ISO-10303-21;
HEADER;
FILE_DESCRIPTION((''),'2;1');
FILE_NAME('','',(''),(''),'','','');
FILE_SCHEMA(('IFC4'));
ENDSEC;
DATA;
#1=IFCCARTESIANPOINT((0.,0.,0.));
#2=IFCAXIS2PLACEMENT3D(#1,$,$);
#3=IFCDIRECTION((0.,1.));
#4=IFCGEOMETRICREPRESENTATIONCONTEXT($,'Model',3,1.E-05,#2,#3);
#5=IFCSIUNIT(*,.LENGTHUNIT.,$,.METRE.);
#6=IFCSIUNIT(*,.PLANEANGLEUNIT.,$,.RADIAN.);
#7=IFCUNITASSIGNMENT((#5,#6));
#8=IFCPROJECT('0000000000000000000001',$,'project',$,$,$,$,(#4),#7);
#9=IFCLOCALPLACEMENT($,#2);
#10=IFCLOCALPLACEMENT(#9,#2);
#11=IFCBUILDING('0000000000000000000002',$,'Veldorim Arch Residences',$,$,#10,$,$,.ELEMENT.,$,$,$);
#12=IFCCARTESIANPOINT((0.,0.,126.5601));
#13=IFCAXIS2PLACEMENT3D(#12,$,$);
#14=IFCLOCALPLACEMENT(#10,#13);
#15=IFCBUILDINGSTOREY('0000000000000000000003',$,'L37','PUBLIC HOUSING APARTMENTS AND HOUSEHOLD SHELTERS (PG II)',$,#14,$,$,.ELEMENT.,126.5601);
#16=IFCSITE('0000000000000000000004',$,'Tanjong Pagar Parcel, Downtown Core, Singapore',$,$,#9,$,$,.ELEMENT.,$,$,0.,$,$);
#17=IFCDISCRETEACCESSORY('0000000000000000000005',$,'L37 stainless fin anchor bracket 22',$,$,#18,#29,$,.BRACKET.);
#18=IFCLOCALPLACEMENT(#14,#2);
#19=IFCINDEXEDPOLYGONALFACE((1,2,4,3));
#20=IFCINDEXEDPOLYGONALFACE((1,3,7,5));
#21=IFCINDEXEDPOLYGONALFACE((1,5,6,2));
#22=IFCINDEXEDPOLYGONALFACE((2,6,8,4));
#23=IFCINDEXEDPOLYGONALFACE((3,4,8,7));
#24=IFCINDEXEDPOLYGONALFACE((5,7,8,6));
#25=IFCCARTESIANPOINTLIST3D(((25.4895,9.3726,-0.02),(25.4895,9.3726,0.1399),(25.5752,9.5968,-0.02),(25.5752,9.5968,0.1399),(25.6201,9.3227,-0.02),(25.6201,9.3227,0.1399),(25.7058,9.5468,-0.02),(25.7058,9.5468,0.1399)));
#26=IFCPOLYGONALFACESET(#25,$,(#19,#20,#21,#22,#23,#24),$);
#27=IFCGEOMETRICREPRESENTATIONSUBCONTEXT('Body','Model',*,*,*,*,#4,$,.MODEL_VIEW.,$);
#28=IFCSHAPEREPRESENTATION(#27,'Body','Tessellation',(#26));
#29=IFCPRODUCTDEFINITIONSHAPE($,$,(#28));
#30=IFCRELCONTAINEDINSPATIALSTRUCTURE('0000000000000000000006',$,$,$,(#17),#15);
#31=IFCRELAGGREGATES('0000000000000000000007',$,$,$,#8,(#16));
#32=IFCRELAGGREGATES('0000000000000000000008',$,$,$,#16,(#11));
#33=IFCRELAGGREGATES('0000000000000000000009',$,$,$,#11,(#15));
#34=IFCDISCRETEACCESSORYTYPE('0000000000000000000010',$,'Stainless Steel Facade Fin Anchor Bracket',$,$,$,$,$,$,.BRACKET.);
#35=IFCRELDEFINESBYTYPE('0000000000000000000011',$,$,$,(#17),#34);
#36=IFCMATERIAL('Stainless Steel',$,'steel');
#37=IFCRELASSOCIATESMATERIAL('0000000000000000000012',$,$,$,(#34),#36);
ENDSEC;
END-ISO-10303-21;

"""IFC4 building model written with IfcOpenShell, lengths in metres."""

from ifc_helpers import new_model, si_unit, direction, frame, origin, origin_2d, place, context, subcontext, project, spatial, rectangle, extrude, material, type_object, element, save


model = new_model("IFC4")

# Units and contexts
model_context = context("Model", 3, precision=1e-05, world=origin(), true_north=direction((0.0, 1.0)))
body_context = subcontext(model_context, "Body", "Model", "MODEL_VIEW")
ifc_project = project(units=[si_unit("LENGTHUNIT", "METRE"), si_unit("PLANEANGLEUNIT", "RADIAN")], contexts=[model_context])

# Site, building, storey
site_placement = place(None, origin())
site = spatial("IfcSite", under=ifc_project, at=site_placement, Name="Tanjong Pagar Parcel, Downtown Core, Singapore", CompositionType="ELEMENT", RefElevation=0.0)
building_placement = place(site_placement, origin())
building = spatial("IfcBuilding", under=site, at=building_placement, Name="Veldorim Arch Residences", CompositionType="ELEMENT")
storey_placement = place(building_placement, frame((0.0, 0.0, 126.5601)))
storey = spatial("IfcBuildingStorey", under=building, at=storey_placement, Name="L37", Description="PUBLIC HOUSING APARTMENTS AND HOUSEHOLD SHELTERS (PG II)", CompositionType="ELEMENT", Elevation=126.5601)

# Discrete accessory
ifc_material_1 = material(Name="Stainless Steel", Category="steel")
discrete_accessory_type = type_object("IfcDiscreteAccessoryType", Name="Stainless Steel Facade Fin Anchor Bracket", PredefinedType="BRACKET", material=ifc_material_1)
discrete_accessory_placement = place(storey_placement, frame((25.5977, 9.4597, -0.02), z_axis=(0.0, 0.0, 1.0), x_axis=(-0.93408, 0.357064, 0.0)))
element("IfcDiscreteAccessory", 1, at=discrete_accessory_placement, inside=storey, type_object=discrete_accessory_type, Name="L37 stainless fin anchor bracket 22", PredefinedType="BRACKET", context=body_context, shape_type="SweptSolid", body=[
    extrude(rectangle(XDim=0.1399, YDim=0.24, at=origin_2d()), origin(), (0.0, 0.0, 1.0), 0.1599),
])

save(model, "model.ifc")
